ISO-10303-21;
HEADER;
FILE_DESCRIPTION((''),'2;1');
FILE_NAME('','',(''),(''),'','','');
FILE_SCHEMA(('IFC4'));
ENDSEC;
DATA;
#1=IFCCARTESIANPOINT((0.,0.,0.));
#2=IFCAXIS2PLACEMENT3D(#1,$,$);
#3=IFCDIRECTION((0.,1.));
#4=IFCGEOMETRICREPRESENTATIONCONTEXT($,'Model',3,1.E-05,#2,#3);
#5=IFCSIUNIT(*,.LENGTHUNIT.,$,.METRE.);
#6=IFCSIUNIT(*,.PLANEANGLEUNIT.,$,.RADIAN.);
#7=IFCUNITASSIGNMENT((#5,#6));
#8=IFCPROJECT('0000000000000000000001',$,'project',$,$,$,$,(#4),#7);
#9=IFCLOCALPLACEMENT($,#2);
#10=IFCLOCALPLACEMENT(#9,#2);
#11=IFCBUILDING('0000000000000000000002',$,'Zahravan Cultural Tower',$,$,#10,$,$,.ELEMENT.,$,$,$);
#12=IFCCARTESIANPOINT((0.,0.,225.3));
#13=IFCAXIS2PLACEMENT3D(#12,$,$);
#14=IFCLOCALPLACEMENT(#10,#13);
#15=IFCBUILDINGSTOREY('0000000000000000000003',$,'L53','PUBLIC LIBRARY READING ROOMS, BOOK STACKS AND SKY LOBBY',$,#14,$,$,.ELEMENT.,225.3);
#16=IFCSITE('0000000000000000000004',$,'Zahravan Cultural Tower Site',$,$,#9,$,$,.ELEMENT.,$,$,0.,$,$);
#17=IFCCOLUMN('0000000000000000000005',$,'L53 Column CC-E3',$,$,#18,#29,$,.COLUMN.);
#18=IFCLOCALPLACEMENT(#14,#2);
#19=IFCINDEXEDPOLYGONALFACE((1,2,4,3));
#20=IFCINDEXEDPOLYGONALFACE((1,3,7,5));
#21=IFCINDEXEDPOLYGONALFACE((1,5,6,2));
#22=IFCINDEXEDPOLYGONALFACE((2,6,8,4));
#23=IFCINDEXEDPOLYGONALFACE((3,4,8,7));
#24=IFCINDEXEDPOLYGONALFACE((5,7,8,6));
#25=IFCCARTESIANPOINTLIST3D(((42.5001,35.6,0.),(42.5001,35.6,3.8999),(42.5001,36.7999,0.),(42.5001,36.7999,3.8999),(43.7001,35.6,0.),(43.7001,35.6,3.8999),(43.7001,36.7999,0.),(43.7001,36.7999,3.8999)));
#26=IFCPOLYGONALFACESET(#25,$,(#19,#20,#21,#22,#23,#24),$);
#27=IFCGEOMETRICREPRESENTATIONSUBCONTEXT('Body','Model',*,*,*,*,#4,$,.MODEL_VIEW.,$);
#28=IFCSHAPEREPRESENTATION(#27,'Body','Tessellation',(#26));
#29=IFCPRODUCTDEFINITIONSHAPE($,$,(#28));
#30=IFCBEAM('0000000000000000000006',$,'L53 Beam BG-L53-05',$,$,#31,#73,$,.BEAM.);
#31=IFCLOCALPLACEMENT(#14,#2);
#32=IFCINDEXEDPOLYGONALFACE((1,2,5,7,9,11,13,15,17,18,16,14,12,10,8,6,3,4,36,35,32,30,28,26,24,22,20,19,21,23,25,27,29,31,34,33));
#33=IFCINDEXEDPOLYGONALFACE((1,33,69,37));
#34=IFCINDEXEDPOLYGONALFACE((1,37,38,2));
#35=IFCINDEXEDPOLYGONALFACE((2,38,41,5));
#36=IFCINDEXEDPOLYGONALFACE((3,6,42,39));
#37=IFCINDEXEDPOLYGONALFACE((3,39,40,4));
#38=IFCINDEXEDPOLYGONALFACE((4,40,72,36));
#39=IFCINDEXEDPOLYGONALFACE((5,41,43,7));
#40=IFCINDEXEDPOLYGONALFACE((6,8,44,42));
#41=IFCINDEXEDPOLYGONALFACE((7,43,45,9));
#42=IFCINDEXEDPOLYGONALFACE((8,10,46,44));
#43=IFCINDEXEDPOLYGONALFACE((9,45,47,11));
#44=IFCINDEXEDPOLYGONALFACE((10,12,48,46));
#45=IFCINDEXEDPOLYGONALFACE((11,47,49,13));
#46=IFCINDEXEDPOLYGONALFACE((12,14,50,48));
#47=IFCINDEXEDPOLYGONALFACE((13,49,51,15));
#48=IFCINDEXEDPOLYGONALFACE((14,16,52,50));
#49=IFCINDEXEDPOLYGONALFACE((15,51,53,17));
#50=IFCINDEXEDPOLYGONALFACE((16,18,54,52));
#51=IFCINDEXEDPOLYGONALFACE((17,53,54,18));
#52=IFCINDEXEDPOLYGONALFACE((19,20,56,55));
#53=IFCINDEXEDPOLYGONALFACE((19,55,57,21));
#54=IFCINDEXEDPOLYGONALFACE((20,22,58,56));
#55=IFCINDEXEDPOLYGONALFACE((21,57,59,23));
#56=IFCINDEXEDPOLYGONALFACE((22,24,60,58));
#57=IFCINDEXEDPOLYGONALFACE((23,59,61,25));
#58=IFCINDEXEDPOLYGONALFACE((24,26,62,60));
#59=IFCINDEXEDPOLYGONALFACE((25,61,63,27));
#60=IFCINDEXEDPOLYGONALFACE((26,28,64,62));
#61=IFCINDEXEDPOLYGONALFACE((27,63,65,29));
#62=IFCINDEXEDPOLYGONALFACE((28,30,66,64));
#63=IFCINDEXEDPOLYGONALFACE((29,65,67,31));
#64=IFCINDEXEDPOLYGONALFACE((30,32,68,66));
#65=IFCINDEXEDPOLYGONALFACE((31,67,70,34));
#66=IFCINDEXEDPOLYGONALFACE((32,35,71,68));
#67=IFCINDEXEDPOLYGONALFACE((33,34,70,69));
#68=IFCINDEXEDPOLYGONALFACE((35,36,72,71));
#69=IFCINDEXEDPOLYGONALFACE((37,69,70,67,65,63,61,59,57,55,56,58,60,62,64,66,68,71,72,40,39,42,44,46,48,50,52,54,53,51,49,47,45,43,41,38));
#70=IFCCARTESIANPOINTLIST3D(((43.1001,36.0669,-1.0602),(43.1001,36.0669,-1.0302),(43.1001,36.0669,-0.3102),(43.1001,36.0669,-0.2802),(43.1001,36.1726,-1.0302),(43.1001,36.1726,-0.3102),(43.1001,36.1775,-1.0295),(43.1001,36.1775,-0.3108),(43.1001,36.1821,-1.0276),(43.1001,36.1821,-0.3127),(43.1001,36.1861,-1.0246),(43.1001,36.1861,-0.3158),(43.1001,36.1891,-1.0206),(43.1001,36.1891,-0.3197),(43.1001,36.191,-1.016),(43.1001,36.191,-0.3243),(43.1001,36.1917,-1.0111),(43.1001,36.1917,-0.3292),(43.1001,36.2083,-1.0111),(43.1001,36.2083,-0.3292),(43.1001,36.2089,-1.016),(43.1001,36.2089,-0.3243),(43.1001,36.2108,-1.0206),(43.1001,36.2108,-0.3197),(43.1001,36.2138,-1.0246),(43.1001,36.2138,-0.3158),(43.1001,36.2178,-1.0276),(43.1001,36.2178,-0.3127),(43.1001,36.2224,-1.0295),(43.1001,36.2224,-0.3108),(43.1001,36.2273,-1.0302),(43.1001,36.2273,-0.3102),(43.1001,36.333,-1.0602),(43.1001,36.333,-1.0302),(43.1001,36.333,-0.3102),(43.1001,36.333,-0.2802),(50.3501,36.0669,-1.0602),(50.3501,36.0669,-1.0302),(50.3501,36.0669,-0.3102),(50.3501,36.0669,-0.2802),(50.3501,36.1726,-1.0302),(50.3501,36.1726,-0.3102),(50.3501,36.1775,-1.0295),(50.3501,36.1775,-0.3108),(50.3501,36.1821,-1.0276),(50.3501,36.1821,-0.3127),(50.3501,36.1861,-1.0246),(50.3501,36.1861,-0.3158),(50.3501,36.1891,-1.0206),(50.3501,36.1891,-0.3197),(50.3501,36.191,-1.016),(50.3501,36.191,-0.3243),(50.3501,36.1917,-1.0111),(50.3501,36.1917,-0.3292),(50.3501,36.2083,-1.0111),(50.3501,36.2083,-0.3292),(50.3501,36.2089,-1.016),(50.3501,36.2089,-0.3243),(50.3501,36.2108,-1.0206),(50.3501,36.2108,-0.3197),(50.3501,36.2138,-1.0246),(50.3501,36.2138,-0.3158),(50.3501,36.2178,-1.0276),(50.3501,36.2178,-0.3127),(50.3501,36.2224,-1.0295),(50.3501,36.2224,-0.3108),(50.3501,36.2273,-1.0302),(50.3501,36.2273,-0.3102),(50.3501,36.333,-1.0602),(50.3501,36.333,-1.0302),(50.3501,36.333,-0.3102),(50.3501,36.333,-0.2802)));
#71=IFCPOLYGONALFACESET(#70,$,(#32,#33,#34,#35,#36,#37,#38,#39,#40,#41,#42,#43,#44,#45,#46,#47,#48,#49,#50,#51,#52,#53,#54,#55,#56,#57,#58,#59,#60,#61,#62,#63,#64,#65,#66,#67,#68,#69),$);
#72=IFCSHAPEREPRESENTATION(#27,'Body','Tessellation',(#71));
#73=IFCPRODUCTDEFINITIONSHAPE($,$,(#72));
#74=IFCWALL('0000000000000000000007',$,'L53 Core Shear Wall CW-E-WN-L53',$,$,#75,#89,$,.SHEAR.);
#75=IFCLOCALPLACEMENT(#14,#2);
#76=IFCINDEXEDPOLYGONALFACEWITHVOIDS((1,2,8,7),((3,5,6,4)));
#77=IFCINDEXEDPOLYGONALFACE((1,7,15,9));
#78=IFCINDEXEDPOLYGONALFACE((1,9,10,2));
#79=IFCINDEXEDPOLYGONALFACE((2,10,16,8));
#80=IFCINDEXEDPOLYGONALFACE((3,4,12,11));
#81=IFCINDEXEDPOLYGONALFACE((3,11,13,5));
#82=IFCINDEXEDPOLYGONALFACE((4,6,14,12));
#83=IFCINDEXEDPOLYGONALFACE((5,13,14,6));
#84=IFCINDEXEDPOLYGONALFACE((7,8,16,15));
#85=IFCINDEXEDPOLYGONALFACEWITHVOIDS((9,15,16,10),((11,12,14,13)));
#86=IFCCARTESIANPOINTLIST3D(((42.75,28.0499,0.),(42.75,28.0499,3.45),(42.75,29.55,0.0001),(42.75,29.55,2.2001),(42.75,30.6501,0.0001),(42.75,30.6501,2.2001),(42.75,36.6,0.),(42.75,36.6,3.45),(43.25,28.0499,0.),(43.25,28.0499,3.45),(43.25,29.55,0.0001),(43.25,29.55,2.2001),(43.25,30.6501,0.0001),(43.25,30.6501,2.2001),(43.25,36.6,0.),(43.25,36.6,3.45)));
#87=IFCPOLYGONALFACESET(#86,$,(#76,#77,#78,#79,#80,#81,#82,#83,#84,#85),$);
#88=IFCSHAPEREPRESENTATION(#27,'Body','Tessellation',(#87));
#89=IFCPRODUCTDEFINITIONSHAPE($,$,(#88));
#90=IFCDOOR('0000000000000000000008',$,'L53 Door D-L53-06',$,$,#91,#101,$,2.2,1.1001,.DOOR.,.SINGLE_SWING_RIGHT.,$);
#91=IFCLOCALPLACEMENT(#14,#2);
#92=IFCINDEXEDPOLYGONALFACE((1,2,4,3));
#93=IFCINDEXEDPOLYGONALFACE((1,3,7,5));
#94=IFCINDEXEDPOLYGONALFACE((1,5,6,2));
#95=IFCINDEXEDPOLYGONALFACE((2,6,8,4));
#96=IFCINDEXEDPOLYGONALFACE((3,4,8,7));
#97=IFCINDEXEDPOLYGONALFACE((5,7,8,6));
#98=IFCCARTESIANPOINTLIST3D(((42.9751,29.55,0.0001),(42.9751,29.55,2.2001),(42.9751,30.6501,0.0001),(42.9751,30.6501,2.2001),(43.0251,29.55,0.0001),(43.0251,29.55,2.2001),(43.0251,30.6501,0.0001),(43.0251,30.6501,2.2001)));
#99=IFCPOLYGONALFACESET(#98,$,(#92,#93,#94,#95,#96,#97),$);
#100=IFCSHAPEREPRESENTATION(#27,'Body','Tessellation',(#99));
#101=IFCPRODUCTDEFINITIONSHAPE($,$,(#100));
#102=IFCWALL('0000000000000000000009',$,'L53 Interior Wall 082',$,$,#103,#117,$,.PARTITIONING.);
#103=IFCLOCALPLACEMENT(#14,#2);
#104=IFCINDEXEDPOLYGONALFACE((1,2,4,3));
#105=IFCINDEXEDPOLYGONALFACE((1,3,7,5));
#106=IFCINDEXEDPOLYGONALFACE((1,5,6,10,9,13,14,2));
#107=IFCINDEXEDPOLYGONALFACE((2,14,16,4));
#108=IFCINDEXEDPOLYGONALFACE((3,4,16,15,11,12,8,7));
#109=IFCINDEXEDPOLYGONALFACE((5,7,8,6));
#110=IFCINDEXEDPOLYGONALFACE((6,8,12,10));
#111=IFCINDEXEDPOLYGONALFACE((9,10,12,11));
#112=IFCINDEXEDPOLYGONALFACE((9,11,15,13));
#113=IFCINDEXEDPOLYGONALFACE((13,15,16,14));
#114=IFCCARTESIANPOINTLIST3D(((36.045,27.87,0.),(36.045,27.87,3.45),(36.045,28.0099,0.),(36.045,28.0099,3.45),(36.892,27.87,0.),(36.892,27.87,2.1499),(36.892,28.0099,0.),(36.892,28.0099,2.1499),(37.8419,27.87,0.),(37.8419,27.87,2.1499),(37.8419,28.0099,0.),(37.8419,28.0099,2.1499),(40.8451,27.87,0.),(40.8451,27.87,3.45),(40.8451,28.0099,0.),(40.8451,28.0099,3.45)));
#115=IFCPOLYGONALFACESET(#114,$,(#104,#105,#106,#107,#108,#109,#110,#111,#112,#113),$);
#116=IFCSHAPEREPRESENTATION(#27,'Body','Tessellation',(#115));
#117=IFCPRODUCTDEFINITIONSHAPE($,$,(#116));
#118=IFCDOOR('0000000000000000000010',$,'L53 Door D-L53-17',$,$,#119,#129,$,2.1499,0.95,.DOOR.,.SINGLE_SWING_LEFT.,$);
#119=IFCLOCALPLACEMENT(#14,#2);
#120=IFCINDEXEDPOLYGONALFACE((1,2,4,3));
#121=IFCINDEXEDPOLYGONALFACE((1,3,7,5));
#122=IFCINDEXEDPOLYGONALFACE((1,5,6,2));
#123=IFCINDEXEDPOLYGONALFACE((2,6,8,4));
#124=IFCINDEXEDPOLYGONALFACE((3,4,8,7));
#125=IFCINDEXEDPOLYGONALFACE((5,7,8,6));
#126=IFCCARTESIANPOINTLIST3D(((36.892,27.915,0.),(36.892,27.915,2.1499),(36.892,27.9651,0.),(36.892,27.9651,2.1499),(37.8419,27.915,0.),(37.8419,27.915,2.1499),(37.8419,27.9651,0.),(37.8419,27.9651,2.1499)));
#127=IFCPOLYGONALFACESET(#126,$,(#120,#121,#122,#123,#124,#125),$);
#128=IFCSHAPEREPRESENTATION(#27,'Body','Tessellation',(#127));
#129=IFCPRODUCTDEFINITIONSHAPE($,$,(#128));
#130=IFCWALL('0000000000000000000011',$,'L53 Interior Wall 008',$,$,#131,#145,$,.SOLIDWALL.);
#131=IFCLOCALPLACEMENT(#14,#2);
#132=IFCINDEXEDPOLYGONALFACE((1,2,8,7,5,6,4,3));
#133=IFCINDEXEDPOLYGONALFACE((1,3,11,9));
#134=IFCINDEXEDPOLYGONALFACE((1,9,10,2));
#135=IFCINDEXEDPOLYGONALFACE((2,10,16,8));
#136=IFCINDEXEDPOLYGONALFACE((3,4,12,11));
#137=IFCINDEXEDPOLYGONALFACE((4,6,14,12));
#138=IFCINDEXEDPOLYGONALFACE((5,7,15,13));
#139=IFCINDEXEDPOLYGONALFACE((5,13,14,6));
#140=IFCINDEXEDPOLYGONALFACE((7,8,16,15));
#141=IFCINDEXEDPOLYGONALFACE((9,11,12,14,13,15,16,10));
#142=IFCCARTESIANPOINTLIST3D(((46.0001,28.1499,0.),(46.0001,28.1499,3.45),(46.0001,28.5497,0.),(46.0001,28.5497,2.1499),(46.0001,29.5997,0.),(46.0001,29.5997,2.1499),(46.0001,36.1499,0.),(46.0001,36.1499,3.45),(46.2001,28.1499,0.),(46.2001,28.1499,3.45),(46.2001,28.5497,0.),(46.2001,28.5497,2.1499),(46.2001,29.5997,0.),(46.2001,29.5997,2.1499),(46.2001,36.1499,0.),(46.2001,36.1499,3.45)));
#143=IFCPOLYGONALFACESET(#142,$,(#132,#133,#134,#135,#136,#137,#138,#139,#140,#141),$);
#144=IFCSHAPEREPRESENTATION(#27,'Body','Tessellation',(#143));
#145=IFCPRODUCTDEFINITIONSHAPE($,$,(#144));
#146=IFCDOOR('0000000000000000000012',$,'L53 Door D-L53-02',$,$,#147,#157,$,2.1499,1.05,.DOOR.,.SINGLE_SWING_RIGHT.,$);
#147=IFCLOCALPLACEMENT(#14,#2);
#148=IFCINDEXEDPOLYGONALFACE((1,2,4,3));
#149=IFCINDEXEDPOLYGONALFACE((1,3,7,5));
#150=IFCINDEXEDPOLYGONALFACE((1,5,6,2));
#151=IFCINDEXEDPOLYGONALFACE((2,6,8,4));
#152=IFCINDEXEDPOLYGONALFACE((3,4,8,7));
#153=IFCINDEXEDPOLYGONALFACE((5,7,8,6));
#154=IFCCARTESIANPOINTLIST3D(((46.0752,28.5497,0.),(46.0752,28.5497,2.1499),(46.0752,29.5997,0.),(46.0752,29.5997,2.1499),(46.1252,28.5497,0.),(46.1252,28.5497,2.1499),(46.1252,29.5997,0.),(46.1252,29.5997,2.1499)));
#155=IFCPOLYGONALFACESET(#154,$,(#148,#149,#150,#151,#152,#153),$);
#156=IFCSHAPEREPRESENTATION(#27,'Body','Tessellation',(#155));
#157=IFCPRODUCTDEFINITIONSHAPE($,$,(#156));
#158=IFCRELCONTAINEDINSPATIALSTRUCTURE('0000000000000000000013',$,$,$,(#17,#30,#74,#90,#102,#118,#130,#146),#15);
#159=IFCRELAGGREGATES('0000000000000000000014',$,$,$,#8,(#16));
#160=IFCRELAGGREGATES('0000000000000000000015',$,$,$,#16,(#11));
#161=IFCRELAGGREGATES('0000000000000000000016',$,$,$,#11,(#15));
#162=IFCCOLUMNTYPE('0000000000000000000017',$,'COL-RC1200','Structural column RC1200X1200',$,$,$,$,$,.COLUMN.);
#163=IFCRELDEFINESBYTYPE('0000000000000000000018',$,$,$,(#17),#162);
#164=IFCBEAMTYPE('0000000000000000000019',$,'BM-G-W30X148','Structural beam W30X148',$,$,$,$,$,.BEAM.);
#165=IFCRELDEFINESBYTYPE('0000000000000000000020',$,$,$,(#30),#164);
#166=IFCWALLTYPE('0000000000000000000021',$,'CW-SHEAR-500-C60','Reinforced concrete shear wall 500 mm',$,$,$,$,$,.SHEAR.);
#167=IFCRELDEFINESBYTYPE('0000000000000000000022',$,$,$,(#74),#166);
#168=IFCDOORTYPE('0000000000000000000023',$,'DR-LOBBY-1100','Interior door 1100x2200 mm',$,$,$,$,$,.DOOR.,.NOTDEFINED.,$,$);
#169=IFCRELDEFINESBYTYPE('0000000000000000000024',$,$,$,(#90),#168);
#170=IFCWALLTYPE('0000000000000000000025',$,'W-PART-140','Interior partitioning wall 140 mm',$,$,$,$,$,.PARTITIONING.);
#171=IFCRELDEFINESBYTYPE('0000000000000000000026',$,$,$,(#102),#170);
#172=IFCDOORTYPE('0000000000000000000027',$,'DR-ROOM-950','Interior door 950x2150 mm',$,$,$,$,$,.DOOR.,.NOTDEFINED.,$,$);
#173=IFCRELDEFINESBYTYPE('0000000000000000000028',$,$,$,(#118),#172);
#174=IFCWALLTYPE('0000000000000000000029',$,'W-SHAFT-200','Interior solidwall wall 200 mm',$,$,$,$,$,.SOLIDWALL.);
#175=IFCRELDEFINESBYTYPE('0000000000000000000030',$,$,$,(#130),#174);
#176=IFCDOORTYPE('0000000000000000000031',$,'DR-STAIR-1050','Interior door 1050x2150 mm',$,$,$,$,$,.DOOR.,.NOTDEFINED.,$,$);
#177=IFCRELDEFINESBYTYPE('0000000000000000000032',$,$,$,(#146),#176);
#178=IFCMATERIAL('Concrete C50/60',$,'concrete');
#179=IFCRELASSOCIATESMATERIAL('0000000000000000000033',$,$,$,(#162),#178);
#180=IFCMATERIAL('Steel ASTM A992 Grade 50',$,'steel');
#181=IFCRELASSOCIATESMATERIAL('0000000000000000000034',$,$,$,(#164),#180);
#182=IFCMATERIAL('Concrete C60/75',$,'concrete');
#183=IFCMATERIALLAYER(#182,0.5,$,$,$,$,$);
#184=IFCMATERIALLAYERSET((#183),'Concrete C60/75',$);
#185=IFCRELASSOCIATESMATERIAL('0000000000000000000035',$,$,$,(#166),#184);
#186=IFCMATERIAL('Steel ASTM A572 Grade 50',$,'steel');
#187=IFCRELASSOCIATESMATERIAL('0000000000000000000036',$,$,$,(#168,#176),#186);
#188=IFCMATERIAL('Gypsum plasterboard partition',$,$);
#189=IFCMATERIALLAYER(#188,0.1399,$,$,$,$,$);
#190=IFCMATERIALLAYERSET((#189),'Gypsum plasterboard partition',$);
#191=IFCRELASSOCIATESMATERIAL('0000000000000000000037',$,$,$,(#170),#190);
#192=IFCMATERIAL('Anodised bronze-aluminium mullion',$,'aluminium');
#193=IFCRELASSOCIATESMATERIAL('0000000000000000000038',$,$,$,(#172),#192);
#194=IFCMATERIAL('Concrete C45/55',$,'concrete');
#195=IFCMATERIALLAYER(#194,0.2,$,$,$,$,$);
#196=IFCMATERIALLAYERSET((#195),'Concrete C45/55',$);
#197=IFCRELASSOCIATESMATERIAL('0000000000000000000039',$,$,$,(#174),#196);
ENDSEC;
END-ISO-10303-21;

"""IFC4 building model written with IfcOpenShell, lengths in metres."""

from ifc_helpers import new_model, si_unit, direction, frame, frame_2d, origin, origin_2d, place, context, subcontext, project, spatial, rectangle, i_section, extrude, source, transform, mapped, material, layer, layer_set, material_profile, profile_set, type_object, element, fill, save


model = new_model("IFC4")

# Units and contexts
model_context = context("Model", 3, precision=1e-05, world=origin(), true_north=direction((0.0, 1.0)))
body_context = subcontext(model_context, "Body", "Model", "MODEL_VIEW")
ifc_project = project(units=[si_unit("LENGTHUNIT", "METRE"), si_unit("PLANEANGLEUNIT", "RADIAN")], contexts=[model_context])

# Site, building, storey
site_placement = place(None, origin())
site = spatial("IfcSite", under=ifc_project, at=site_placement, Name="Zahravan Cultural Tower Site", CompositionType="ELEMENT", RefElevation=0.0)
building_placement = place(site_placement, origin())
building = spatial("IfcBuilding", under=site, at=building_placement, Name="Zahravan Cultural Tower", CompositionType="ELEMENT")
storey_placement = place(building_placement, frame((0.0, 0.0, 225.3)))
storey = spatial("IfcBuildingStorey", under=building, at=storey_placement, Name="L53", Description="PUBLIC LIBRARY READING ROOMS, BOOK STACKS AND SKY LOBBY", CompositionType="ELEMENT", Elevation=225.3)

# Column
ifc_material_1 = material(Name="Concrete C50/60", Category="concrete")
ifc_material_profile_1 = material_profile(ifc_material_1, rectangle(XDim=1.2, YDim=1.2, at=origin_2d()), Name="RC1200X1200")
ifc_profile_set_1 = profile_set([ifc_material_profile_1], Name="Concrete C50/60")
column_type = type_object("IfcColumnType", Name="COL-RC1200", Description="Structural column RC1200X1200", PredefinedType="COLUMN", material=ifc_profile_set_1)
shared_shape_1 = source(origin(), body_context, "Body", "SweptSolid", [
    extrude(rectangle(XDim=1.2, YDim=1.2, at=origin_2d()), origin(), (0.0, 0.0, 1.0), 3.8999),
])
column_placement = place(storey_placement, frame((43.1001, 36.2, 0.0), z_axis=(0.0, 0.0, 1.0), x_axis=(1.0, 0.0, 0.0)))
element("IfcColumn", 1, at=column_placement, inside=storey, type_object=column_type, Name="L53 Column CC-E3", PredefinedType="COLUMN", context=body_context, shape_type="MappedRepresentation", body=[
    mapped(shared_shape_1, transform((0.0, 0.0, 0.0), x_axis=(1.0, 0.0, 0.0), y_axis=(0.0, 1.0, 0.0), z_axis=(0.0, 0.0, 1.0), scale=1.0)),
])

# Beam
ifc_material_2 = material(Name="Steel ASTM A992 Grade 50", Category="steel")
ifc_material_profile_2 = material_profile(ifc_material_2, i_section(OverallWidth=0.2661, OverallDepth=0.78, WebThickness=0.0166, FlangeThickness=0.03, FilletRadius=0.019, at=origin_2d()), Name="W30X148")
ifc_profile_set_2 = profile_set([ifc_material_profile_2], Name="Steel ASTM A992 Grade 50")
beam_type = type_object("IfcBeamType", Name="BM-G-W30X148", Description="Structural beam W30X148", PredefinedType="BEAM", material=ifc_profile_set_2)
shared_shape_2 = source(origin(), body_context, "Body", "SweptSolid", [
    extrude(i_section(OverallWidth=0.2661, OverallDepth=0.78, WebThickness=0.0166, FlangeThickness=0.03, FilletRadius=0.019, at=origin_2d()), origin(), (0.0, 0.0, 1.0), 7.25),
])
beam_placement = place(storey_placement, frame((43.1001, 36.2, -0.6702), z_axis=(1.0, 0.0, 0.0), x_axis=(0.0, 1.0, 0.0)))
element("IfcBeam", 2, at=beam_placement, inside=storey, type_object=beam_type, Name="L53 Beam BG-L53-05", PredefinedType="BEAM", context=body_context, shape_type="MappedRepresentation", body=[
    mapped(shared_shape_2, transform((0.0, 0.0, 0.0), x_axis=(1.0, 0.0, 0.0), y_axis=(0.0, 1.0, 0.0), z_axis=(0.0, 0.0, 1.0), scale=1.0)),
])

# Walls, openings, doors
ifc_material_3 = material(Name="Concrete C60/75", Category="concrete")
ifc_layer_1 = layer(ifc_material_3, 0.5)
ifc_layer_set_1 = layer_set([ifc_layer_1], Name="Concrete C60/75")
wall_type_1 = type_object("IfcWallType", Name="CW-SHEAR-500-C60", Description="Reinforced concrete shear wall 500 mm", PredefinedType="SHEAR", material=ifc_layer_set_1)
wall_1_placement = place(storey_placement, frame((43.0, 28.05, 0.0), z_axis=(0.0, 0.0, 1.0), x_axis=(0.0, 1.0, 0.0)))
wall_1 = element("IfcWall", 3, at=wall_1_placement, inside=storey, type_object=wall_type_1, Name="L53 Core Shear Wall CW-E-WN-L53", PredefinedType="SHEAR", context=body_context, shape_type="SweptSolid", body=[
    extrude(rectangle(XDim=8.55, YDim=0.5, at=frame_2d((4.2749, 0.0))), origin(), (0.0, 0.0, 1.0), 3.45),
])
opening_1_placement = place(wall_1_placement, frame((1.5, 0.0, 0.0)))
opening_1 = element("IfcOpeningElement", 4, at=opening_1_placement, cuts=wall_1, PredefinedType="OPENING", context=body_context, shape_type="SweptSolid", body=[
    extrude(rectangle(XDim=1.1001, YDim=2.2, at=frame_2d((0.55, 1.1001))), frame((0.0, 0.26, 0.0), z_axis=(0.0, -1.0, 0.0), x_axis=(1.0, 0.0, 0.0)), (0.0, 0.0, 1.0), 0.52),
])
ifc_material_4 = material(Name="Steel ASTM A572 Grade 50", Category="steel")
door_type_1 = type_object("IfcDoorType", Name="DR-LOBBY-1100", Description="Interior door 1100x2200 mm", OperationType="NOTDEFINED", PredefinedType="DOOR", material=ifc_material_4)
shared_shape_3 = source(origin(), body_context, "Body", "SweptSolid", [
    extrude(rectangle(XDim=1.1001, YDim=2.2, at=frame_2d((0.55, 1.1001))), frame((0.0, 0.0249, 0.0), z_axis=(0.0, -1.0, 0.0), x_axis=(1.0, 0.0, 0.0)), (0.0, 0.0, 1.0), 0.05),
])
door_1_placement = place(opening_1_placement, origin())
door_1 = element("IfcDoor", 5, at=door_1_placement, inside=storey, type_object=door_type_1, Name="L53 Door D-L53-06", OperationType="SINGLE_SWING_RIGHT", OverallHeight=2.2, OverallWidth=1.1001, PredefinedType="DOOR", context=body_context, shape_type="MappedRepresentation", body=[
    mapped(shared_shape_3, transform((0.0, 0.0, 0.0), x_axis=(1.0, 0.0, 0.0), y_axis=(0.0, 1.0, 0.0), z_axis=(0.0, 0.0, 1.0), scale=1.0)),
])
fill(opening_1, door_1)
ifc_material_5 = material(Name="Gypsum plasterboard partition")
ifc_layer_2 = layer(ifc_material_5, 0.1399)
ifc_layer_set_2 = layer_set([ifc_layer_2], Name="Gypsum plasterboard partition")
wall_type_2 = type_object("IfcWallType", Name="W-PART-140", Description="Interior partitioning wall 140 mm", PredefinedType="PARTITIONING", material=ifc_layer_set_2)
wall_2_placement = place(storey_placement, frame((40.845, 27.9399, 0.0), z_axis=(0.0, 0.0, 1.0), x_axis=(-1.0, 0.0, 0.0)))
wall_2 = element("IfcWall", 6, at=wall_2_placement, inside=storey, type_object=wall_type_2, Name="L53 Interior Wall 082", PredefinedType="PARTITIONING", context=body_context, shape_type="SweptSolid", body=[
    extrude(rectangle(XDim=4.8, YDim=0.1399, at=frame_2d((2.3999, 0.0))), origin(), (0.0, 0.0, 1.0), 3.45),
])
opening_2_placement = place(wall_2_placement, frame((3.0029, 0.0, 0.0)))
opening_2 = element("IfcOpeningElement", 7, at=opening_2_placement, cuts=wall_2, PredefinedType="OPENING", context=body_context, shape_type="SweptSolid", body=[
    extrude(rectangle(XDim=0.95, YDim=2.1499, at=frame_2d((0.4751, 1.075))), frame((0.0, 0.0798, 0.0), z_axis=(0.0, -1.0, 0.0), x_axis=(1.0, 0.0, 0.0)), (0.0, 0.0, 1.0), 0.1599),
])
ifc_material_6 = material(Name="Anodised bronze-aluminium mullion", Category="aluminium")
door_type_2 = type_object("IfcDoorType", Name="DR-ROOM-950", Description="Interior door 950x2150 mm", OperationType="NOTDEFINED", PredefinedType="DOOR", material=ifc_material_6)
shared_shape_4 = source(origin(), body_context, "Body", "SweptSolid", [
    extrude(rectangle(XDim=0.95, YDim=2.1499, at=frame_2d((0.4751, 1.075))), frame((0.0, 0.0249, 0.0), z_axis=(0.0, -1.0, 0.0), x_axis=(1.0, 0.0, 0.0)), (0.0, 0.0, 1.0), 0.05),
])
door_2_placement = place(opening_2_placement, origin())
door_2 = element("IfcDoor", 8, at=door_2_placement, inside=storey, type_object=door_type_2, Name="L53 Door D-L53-17", OperationType="SINGLE_SWING_LEFT", OverallHeight=2.1499, OverallWidth=0.95, PredefinedType="DOOR", context=body_context, shape_type="MappedRepresentation", body=[
    mapped(shared_shape_4, transform((0.0, 0.0, 0.0), x_axis=(1.0, 0.0, 0.0), y_axis=(0.0, 1.0, 0.0), z_axis=(0.0, 0.0, 1.0), scale=1.0)),
])
fill(opening_2, door_2)
ifc_material_7 = material(Name="Concrete C45/55", Category="concrete")
ifc_layer_3 = layer(ifc_material_7, 0.2)
ifc_layer_set_3 = layer_set([ifc_layer_3], Name="Concrete C45/55")
wall_type_3 = type_object("IfcWallType", Name="W-SHAFT-200", Description="Interior solidwall wall 200 mm", PredefinedType="SOLIDWALL", material=ifc_layer_set_3)
wall_3_placement = place(storey_placement, frame((46.1001, 28.1499, 0.0), z_axis=(0.0, 0.0, 1.0), x_axis=(0.0, 1.0, 0.0)))
wall_3 = element("IfcWall", 9, at=wall_3_placement, inside=storey, type_object=wall_type_3, Name="L53 Interior Wall 008", PredefinedType="SOLIDWALL", context=body_context, shape_type="SweptSolid", body=[
    extrude(rectangle(XDim=8.0, YDim=0.2, at=frame_2d((4.0, 0.0))), origin(), (0.0, 0.0, 1.0), 3.45),
])
opening_3_placement = place(wall_3_placement, frame((0.3999, 0.0, 0.0)))
opening_3 = element("IfcOpeningElement", 10, at=opening_3_placement, cuts=wall_3, PredefinedType="OPENING", context=body_context, shape_type="SweptSolid", body=[
    extrude(rectangle(XDim=1.05, YDim=2.1499, at=frame_2d((0.5249, 1.075))), frame((0.0, 0.1099, 0.0), z_axis=(0.0, -1.0, 0.0), x_axis=(1.0, 0.0, 0.0)), (0.0, 0.0, 1.0), 0.22),
])
door_type_3 = type_object("IfcDoorType", Name="DR-STAIR-1050", Description="Interior door 1050x2150 mm", OperationType="NOTDEFINED", PredefinedType="DOOR", material=ifc_material_4)
shared_shape_5 = source(origin(), body_context, "Body", "SweptSolid", [
    extrude(rectangle(XDim=1.05, YDim=2.1499, at=frame_2d((0.5249, 1.075))), frame((0.0, 0.0249, 0.0), z_axis=(0.0, -1.0, 0.0), x_axis=(1.0, 0.0, 0.0)), (0.0, 0.0, 1.0), 0.05),
])
door_3_placement = place(opening_3_placement, origin())
door_3 = element("IfcDoor", 11, at=door_3_placement, inside=storey, type_object=door_type_3, Name="L53 Door D-L53-02", OperationType="SINGLE_SWING_RIGHT", OverallHeight=2.1499, OverallWidth=1.05, PredefinedType="DOOR", context=body_context, shape_type="MappedRepresentation", body=[
    mapped(shared_shape_5, transform((0.0, 0.0, 0.0), x_axis=(1.0, 0.0, 0.0), y_axis=(0.0, 1.0, 0.0), z_axis=(0.0, 0.0, 1.0), scale=1.0)),
])
fill(opening_3, door_3)

save(model, "model.ifc")
